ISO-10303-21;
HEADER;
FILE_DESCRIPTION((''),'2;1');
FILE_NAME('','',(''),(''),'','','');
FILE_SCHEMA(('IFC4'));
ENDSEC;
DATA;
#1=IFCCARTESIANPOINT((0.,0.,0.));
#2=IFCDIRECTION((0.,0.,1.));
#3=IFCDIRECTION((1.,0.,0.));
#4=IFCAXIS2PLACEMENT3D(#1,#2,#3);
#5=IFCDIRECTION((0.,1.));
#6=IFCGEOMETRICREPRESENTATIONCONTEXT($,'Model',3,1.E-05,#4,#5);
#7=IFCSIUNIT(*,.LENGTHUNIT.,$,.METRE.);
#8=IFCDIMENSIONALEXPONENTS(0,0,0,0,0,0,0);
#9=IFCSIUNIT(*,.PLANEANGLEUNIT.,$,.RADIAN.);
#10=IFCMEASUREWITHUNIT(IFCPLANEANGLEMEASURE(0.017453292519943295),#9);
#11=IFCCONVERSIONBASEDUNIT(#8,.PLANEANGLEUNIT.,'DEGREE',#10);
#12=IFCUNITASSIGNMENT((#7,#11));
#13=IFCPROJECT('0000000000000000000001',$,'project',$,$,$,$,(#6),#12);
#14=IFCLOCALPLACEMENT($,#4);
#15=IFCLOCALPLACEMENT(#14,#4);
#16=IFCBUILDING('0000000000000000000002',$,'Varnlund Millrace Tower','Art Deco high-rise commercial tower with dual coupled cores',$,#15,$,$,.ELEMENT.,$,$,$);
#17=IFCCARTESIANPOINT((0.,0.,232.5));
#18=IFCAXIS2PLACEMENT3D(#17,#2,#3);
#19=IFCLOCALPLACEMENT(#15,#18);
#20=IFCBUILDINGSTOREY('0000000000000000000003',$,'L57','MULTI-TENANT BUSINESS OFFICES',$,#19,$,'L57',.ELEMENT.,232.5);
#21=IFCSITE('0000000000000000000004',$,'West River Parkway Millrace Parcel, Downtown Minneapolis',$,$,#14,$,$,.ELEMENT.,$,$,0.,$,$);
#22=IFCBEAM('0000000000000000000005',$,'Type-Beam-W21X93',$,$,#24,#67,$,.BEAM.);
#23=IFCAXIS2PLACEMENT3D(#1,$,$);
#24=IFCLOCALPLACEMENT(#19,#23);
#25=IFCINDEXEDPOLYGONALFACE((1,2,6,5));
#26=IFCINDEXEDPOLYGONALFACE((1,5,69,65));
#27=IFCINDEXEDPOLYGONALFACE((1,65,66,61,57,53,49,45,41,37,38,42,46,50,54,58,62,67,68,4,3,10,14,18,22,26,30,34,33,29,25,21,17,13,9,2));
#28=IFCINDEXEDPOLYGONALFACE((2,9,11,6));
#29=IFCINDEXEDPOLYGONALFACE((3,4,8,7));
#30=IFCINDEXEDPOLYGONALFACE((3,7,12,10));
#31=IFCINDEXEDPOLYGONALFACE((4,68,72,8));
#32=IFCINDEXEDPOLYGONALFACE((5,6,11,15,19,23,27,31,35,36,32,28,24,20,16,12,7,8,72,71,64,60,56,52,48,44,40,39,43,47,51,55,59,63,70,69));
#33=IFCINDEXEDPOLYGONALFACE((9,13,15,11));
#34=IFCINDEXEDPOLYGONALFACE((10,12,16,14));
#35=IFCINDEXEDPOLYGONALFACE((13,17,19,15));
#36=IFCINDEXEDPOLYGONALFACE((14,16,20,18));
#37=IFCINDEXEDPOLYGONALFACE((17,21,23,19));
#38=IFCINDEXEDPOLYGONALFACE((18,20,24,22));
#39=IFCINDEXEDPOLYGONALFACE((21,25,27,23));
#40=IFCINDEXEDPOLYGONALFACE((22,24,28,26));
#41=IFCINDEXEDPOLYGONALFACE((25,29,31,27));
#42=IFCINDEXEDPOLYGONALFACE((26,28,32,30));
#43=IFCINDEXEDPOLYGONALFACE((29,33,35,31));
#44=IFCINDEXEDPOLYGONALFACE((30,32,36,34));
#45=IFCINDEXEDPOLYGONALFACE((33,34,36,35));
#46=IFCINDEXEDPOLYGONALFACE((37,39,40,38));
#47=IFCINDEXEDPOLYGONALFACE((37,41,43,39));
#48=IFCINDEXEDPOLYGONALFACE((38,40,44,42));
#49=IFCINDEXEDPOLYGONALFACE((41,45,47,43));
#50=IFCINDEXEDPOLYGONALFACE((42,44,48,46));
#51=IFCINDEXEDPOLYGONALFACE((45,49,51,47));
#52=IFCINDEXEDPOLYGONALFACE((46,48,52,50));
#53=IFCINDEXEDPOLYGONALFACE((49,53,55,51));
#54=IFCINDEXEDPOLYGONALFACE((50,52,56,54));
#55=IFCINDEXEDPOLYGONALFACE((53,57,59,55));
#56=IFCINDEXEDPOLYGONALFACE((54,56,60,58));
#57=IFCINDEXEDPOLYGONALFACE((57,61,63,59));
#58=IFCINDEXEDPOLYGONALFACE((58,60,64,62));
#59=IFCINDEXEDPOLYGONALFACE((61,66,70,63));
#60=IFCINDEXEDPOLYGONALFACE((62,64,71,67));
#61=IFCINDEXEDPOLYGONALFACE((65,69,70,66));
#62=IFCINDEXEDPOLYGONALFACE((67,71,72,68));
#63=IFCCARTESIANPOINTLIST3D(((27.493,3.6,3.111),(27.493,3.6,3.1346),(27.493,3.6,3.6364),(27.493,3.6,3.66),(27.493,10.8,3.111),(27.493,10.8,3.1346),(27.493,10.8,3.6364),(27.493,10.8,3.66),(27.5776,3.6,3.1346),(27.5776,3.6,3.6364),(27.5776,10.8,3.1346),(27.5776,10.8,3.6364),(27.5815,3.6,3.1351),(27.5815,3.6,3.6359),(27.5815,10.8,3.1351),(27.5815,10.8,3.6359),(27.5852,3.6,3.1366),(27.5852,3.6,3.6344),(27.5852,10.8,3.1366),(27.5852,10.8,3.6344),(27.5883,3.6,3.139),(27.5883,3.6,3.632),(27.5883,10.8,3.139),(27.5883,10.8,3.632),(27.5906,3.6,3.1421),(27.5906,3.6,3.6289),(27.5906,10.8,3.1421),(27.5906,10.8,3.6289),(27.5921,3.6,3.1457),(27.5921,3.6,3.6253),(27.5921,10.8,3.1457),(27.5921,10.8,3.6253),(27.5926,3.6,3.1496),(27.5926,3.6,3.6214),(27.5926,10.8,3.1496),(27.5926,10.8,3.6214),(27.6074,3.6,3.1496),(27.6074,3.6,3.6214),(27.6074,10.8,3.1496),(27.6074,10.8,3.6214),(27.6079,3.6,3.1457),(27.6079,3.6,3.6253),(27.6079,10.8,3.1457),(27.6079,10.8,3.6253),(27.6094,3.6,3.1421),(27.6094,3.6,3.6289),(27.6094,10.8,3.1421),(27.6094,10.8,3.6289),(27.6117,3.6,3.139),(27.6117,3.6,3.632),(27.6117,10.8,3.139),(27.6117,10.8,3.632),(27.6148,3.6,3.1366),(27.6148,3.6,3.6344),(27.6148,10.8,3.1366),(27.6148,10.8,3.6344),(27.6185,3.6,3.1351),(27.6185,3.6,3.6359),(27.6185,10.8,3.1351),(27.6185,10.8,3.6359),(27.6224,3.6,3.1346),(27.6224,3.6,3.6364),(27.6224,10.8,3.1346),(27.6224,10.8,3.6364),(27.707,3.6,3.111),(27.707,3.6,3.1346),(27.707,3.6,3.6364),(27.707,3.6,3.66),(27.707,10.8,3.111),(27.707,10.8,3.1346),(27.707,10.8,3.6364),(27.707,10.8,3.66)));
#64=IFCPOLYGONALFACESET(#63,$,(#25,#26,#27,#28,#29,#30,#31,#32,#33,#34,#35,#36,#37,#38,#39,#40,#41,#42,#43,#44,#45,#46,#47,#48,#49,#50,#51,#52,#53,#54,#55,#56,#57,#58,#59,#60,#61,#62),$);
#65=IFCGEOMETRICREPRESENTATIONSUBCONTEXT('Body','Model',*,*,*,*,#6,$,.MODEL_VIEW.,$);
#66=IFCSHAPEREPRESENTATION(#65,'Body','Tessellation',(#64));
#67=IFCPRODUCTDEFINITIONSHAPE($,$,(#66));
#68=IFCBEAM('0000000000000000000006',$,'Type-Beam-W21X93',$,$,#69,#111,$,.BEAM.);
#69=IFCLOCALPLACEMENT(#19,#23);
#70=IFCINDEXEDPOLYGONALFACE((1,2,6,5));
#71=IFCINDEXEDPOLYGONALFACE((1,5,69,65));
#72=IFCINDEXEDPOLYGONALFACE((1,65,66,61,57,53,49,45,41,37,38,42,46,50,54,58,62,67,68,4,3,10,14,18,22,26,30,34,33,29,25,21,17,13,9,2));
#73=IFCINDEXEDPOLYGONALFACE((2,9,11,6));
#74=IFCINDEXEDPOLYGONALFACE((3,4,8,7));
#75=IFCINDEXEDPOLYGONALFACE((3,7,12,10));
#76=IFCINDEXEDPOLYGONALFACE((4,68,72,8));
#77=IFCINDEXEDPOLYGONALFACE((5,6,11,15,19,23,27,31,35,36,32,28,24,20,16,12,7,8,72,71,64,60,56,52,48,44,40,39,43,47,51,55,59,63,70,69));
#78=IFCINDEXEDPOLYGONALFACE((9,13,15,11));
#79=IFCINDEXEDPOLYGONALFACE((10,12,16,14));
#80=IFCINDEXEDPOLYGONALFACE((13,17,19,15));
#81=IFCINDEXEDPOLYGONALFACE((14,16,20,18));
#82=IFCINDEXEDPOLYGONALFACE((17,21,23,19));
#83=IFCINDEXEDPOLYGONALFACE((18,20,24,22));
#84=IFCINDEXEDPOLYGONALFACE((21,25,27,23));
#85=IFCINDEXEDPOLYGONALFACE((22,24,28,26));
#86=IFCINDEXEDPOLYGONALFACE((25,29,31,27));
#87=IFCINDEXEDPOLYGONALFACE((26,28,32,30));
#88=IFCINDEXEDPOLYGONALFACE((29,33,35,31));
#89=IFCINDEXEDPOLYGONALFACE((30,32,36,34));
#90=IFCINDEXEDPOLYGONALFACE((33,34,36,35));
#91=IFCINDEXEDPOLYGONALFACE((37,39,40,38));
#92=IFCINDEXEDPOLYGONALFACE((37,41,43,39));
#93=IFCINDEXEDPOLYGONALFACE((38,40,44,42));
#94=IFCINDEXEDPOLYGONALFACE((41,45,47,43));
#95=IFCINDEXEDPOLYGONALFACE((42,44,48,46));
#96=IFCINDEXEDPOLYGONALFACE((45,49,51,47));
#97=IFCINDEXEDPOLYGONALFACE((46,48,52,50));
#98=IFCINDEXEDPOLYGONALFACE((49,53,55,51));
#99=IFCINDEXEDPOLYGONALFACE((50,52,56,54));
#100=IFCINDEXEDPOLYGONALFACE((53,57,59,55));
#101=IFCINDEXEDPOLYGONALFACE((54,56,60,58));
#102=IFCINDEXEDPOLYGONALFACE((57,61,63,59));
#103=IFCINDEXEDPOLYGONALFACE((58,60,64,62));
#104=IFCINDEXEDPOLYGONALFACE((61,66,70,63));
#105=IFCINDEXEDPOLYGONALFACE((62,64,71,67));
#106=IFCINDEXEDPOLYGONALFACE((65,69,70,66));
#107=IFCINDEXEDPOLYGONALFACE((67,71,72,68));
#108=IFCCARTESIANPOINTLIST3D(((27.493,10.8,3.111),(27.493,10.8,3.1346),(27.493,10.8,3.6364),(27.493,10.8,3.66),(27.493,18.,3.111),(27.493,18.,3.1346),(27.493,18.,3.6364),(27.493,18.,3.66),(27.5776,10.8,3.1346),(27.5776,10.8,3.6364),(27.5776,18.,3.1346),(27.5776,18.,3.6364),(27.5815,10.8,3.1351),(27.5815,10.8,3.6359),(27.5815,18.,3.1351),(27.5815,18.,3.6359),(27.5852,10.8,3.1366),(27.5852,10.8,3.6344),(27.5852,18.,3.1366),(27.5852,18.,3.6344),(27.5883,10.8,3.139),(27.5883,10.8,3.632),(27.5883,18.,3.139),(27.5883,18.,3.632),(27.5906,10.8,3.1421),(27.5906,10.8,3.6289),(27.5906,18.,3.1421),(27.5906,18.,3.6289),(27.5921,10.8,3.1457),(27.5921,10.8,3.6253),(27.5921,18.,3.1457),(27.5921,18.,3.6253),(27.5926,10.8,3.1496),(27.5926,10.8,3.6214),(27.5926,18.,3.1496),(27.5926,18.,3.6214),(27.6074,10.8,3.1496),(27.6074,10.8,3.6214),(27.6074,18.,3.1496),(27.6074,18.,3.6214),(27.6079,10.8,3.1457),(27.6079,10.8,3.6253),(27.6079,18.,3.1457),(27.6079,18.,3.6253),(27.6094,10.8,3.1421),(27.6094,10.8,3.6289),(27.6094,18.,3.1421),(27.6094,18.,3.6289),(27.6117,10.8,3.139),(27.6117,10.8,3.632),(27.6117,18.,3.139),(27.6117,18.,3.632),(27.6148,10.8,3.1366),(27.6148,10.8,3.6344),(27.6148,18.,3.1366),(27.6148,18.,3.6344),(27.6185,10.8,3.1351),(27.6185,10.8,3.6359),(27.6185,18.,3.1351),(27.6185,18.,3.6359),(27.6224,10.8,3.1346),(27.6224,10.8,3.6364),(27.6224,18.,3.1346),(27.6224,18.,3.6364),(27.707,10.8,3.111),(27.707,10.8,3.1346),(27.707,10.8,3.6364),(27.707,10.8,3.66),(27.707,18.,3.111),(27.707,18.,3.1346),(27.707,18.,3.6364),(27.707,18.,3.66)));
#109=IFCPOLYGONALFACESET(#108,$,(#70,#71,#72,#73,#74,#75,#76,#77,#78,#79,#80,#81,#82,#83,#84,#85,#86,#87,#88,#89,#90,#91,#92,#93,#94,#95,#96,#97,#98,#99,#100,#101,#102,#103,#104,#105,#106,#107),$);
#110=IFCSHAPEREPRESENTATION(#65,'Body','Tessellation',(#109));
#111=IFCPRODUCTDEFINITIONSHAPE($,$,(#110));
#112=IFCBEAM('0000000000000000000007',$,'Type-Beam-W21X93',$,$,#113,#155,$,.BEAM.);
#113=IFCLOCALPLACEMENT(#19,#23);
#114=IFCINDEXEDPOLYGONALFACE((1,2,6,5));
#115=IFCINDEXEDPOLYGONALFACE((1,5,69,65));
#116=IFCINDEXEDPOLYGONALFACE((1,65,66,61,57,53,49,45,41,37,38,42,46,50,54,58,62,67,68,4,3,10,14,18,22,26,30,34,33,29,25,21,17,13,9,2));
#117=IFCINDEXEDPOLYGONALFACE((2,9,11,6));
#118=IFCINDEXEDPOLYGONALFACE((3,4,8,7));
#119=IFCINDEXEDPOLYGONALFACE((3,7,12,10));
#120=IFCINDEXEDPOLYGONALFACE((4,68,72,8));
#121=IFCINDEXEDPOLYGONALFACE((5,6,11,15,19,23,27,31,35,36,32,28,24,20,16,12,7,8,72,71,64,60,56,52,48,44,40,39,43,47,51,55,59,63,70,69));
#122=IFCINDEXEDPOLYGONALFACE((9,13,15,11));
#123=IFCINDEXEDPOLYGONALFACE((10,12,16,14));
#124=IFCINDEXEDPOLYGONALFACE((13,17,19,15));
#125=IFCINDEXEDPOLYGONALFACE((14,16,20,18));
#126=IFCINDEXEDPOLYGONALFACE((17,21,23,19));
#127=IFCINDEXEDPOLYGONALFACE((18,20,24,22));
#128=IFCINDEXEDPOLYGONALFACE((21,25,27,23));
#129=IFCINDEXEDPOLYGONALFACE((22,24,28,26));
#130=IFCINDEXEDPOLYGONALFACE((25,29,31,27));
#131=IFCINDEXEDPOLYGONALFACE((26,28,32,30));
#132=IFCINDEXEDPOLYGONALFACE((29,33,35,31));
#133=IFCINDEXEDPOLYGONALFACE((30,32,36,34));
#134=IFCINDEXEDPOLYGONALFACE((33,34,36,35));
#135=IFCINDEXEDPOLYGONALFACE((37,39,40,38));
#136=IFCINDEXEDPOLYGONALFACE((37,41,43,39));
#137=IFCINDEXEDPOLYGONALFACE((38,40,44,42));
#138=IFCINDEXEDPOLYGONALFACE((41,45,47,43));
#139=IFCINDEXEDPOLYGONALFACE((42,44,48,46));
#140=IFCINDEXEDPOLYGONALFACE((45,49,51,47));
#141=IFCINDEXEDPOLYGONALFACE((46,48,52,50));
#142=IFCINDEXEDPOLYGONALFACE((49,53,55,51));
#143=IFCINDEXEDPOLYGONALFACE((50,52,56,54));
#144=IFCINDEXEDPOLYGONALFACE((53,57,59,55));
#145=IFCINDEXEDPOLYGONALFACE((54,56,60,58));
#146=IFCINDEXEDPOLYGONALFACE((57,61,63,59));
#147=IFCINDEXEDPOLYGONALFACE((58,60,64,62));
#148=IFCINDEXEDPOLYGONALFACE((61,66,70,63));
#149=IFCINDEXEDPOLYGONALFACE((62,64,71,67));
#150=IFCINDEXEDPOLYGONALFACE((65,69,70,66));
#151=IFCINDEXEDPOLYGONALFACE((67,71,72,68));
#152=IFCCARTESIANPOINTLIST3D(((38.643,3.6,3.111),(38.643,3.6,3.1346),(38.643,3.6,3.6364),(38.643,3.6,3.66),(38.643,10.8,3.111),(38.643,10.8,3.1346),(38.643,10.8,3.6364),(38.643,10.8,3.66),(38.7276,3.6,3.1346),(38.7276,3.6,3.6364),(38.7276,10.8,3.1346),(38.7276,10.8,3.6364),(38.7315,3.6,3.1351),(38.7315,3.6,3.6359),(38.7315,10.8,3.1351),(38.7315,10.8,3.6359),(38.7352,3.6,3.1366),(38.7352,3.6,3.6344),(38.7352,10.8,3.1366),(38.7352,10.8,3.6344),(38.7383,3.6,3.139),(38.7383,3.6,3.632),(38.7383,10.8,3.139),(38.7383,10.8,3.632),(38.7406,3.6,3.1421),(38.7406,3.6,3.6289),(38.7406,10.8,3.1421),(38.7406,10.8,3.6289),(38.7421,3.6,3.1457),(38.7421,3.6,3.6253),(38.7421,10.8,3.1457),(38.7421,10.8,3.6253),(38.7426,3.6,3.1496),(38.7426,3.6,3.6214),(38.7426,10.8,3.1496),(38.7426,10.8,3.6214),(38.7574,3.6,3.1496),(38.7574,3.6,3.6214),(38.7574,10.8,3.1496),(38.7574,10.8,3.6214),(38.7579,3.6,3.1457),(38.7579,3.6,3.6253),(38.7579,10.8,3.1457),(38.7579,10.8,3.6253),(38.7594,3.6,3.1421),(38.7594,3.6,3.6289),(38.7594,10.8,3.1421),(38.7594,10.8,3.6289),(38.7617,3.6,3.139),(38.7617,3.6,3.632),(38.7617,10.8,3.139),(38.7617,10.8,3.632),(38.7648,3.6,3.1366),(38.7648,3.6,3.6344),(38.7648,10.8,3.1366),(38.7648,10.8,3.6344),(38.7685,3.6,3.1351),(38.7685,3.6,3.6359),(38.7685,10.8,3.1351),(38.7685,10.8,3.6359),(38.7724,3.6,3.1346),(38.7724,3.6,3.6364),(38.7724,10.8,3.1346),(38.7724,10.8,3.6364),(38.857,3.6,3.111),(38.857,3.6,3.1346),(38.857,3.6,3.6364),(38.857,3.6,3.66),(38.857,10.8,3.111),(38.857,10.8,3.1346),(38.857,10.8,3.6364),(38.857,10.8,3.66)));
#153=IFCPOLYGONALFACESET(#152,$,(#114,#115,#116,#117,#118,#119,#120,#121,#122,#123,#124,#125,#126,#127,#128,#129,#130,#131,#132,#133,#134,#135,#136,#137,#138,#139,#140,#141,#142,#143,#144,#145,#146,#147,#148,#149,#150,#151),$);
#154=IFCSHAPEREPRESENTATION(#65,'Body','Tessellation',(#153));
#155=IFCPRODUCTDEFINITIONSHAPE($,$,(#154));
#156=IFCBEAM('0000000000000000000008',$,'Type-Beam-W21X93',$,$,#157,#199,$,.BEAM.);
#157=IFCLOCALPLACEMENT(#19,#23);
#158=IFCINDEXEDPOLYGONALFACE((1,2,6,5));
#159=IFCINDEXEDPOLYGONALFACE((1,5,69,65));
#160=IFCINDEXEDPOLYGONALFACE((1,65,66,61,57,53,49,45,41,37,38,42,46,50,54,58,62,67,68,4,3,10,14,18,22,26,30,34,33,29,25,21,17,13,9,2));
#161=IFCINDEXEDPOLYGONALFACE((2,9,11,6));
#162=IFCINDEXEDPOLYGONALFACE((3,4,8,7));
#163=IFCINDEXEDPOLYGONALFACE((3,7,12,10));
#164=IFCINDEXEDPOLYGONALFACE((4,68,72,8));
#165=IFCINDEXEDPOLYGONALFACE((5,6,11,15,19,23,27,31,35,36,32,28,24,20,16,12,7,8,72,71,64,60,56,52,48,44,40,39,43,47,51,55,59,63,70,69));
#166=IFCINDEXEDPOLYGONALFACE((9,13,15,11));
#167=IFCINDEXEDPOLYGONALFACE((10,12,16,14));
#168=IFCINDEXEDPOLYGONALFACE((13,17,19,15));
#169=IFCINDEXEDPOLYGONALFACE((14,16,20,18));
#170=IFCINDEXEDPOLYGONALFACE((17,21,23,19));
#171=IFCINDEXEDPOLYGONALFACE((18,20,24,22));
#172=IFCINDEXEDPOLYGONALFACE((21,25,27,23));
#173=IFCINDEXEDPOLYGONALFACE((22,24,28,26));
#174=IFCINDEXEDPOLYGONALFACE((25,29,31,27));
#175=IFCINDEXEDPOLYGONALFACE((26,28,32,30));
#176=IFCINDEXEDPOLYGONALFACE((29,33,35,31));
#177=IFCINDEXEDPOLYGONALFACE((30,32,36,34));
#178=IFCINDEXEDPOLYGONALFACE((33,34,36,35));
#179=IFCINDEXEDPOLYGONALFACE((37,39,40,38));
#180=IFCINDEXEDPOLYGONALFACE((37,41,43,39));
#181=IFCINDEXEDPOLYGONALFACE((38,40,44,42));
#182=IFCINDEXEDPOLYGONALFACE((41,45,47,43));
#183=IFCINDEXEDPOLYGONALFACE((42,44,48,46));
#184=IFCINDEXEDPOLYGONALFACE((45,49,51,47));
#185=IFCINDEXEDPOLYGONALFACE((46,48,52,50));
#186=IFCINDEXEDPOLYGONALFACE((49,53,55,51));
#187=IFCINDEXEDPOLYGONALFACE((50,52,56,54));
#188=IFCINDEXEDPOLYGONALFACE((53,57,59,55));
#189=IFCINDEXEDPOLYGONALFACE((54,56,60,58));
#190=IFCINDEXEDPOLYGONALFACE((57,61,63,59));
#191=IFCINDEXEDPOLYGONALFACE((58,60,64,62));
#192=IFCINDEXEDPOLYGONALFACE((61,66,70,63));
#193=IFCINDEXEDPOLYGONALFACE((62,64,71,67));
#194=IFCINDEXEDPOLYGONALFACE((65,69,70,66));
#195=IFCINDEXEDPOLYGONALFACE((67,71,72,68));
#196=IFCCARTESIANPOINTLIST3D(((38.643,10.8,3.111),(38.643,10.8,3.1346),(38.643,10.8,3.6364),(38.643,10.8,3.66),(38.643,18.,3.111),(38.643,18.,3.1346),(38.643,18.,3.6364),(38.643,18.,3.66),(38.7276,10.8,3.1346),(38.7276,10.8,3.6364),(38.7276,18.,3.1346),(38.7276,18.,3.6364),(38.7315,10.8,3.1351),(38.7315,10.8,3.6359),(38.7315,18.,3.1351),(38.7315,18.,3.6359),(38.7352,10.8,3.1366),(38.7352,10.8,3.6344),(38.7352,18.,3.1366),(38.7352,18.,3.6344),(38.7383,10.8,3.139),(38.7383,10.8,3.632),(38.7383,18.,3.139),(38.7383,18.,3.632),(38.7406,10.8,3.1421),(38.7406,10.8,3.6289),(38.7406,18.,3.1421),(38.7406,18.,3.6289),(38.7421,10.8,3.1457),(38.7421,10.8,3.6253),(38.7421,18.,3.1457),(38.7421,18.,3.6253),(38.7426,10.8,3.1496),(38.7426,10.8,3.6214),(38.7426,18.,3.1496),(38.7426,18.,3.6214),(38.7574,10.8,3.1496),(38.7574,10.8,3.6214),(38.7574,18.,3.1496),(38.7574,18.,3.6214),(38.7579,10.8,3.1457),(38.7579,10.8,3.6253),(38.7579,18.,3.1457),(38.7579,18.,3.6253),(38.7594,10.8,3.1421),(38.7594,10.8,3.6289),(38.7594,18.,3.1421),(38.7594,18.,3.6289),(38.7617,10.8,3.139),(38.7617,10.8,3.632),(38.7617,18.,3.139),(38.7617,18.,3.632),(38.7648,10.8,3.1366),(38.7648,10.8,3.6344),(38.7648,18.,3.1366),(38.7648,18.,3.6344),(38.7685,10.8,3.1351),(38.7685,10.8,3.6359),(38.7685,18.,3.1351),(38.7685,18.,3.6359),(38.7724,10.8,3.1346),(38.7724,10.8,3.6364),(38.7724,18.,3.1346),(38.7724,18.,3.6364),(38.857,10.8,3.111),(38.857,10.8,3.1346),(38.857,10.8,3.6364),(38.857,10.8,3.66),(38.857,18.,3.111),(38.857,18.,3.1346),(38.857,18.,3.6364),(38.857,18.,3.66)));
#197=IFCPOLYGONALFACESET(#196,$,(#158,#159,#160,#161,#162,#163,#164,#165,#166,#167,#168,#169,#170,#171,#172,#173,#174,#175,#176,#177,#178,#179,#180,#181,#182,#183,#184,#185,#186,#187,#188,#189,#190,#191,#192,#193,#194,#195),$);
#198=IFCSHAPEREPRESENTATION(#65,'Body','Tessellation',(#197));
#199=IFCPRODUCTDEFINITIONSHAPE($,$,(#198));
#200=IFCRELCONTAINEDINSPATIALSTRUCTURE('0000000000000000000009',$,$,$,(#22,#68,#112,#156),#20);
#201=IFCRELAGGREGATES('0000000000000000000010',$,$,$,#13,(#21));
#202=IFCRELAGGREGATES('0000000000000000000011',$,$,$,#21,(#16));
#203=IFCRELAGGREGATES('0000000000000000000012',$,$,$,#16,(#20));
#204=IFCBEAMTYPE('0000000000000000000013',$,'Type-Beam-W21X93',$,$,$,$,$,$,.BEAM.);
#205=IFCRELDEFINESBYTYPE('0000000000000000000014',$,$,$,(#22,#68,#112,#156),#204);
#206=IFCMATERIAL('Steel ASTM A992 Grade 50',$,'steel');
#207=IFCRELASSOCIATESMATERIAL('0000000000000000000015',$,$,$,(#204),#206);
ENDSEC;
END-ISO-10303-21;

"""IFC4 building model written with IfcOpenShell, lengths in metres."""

from ifc_helpers import new_model, entity, si_unit, converted_unit, direction, frame, origin_with_axes, origin_2d_with_axis, place, context, subcontext, project, spatial, i_section, extrude, material, material_profile, profile_set, type_object, element, save


model = new_model("IFC4")

# Units and contexts
model_context = context("Model", 3, precision=1e-05, world=origin_with_axes(), true_north=direction((0.0, 1.0)))
body_context = subcontext(model_context, "Body", "Model", "MODEL_VIEW")
ifc_project = project(units=[si_unit("LENGTHUNIT", "METRE"), converted_unit("PLANEANGLEUNIT", "DEGREE", entity("IfcPlaneAngleMeasure", 0.017453292519943295), si_unit("PLANEANGLEUNIT", "RADIAN"), dimensions=[0, 0, 0, 0, 0, 0, 0])], contexts=[model_context])

# Site, building, storey
site_placement = place(None, origin_with_axes())
site = spatial("IfcSite", under=ifc_project, at=site_placement, Name="West River Parkway Millrace Parcel, Downtown Minneapolis", CompositionType="ELEMENT", RefElevation=0.0)
building_placement = place(site_placement, origin_with_axes())
building = spatial("IfcBuilding", under=site, at=building_placement, Name="Varnlund Millrace Tower", Description="Art Deco high-rise commercial tower with dual coupled cores", CompositionType="ELEMENT")
storey_placement = place(building_placement, frame((0.0, 0.0, 232.5), z_axis=(0.0, 0.0, 1.0), x_axis=(1.0, 0.0, 0.0)))
storey = spatial("IfcBuildingStorey", under=building, at=storey_placement, Name="L57", Description="MULTI-TENANT BUSINESS OFFICES", LongName="L57", CompositionType="ELEMENT", Elevation=232.5)

# Beams
ifc_material_1 = material(Name="Steel ASTM A992 Grade 50", Category="steel")
ifc_material_profile_1 = material_profile(ifc_material_1, i_section(OverallWidth=0.214, OverallDepth=0.549, WebThickness=0.0147, FlangeThickness=0.0236, FilletRadius=0.015, at=origin_2d_with_axis()), Name="Steel ASTM A992 Grade 50")
ifc_profile_set_1 = profile_set([ifc_material_profile_1], Name="Steel ASTM A992 Grade 50")
beam_type_1 = type_object("IfcBeamType", Name="Type-Beam-W21X93", PredefinedType="BEAM", material=ifc_profile_set_1)
for number, where, z_axis, x_axis, name in (
    (1, (27.6, 3.6, 3.3855), (0.0, 1.0, 0.0), (-1.0, 0.0, 0.0), "Type-Beam-W21X93"),
    (2, (27.6, 10.8, 3.3855), (0.0, 1.0, 0.0), (-1.0, 0.0, 0.0), "Type-Beam-W21X93"),
    (3, (38.75, 3.6, 3.3855), (0.0, 1.0, 0.0), (-1.0, 0.0, 0.0), "Type-Beam-W21X93"),
    (4, (38.75, 10.8, 3.3855), (0.0, 1.0, 0.0), (-1.0, 0.0, 0.0), "Type-Beam-W21X93"),
):
    element("IfcBeam", number, at=place(storey_placement, frame(where, z_axis=z_axis, x_axis=x_axis)), inside=storey, type_object=beam_type_1, Name=name, PredefinedType="BEAM", context=body_context, shape_type="SweptSolid", body=[
        extrude(i_section(OverallWidth=0.214, OverallDepth=0.549, WebThickness=0.0147, FlangeThickness=0.0236, FilletRadius=0.015, at=origin_2d_with_axis()), origin_with_axes(), (0.0, 0.0, 1.0), 7.2),
    ])

save(model, "model.ifc")
